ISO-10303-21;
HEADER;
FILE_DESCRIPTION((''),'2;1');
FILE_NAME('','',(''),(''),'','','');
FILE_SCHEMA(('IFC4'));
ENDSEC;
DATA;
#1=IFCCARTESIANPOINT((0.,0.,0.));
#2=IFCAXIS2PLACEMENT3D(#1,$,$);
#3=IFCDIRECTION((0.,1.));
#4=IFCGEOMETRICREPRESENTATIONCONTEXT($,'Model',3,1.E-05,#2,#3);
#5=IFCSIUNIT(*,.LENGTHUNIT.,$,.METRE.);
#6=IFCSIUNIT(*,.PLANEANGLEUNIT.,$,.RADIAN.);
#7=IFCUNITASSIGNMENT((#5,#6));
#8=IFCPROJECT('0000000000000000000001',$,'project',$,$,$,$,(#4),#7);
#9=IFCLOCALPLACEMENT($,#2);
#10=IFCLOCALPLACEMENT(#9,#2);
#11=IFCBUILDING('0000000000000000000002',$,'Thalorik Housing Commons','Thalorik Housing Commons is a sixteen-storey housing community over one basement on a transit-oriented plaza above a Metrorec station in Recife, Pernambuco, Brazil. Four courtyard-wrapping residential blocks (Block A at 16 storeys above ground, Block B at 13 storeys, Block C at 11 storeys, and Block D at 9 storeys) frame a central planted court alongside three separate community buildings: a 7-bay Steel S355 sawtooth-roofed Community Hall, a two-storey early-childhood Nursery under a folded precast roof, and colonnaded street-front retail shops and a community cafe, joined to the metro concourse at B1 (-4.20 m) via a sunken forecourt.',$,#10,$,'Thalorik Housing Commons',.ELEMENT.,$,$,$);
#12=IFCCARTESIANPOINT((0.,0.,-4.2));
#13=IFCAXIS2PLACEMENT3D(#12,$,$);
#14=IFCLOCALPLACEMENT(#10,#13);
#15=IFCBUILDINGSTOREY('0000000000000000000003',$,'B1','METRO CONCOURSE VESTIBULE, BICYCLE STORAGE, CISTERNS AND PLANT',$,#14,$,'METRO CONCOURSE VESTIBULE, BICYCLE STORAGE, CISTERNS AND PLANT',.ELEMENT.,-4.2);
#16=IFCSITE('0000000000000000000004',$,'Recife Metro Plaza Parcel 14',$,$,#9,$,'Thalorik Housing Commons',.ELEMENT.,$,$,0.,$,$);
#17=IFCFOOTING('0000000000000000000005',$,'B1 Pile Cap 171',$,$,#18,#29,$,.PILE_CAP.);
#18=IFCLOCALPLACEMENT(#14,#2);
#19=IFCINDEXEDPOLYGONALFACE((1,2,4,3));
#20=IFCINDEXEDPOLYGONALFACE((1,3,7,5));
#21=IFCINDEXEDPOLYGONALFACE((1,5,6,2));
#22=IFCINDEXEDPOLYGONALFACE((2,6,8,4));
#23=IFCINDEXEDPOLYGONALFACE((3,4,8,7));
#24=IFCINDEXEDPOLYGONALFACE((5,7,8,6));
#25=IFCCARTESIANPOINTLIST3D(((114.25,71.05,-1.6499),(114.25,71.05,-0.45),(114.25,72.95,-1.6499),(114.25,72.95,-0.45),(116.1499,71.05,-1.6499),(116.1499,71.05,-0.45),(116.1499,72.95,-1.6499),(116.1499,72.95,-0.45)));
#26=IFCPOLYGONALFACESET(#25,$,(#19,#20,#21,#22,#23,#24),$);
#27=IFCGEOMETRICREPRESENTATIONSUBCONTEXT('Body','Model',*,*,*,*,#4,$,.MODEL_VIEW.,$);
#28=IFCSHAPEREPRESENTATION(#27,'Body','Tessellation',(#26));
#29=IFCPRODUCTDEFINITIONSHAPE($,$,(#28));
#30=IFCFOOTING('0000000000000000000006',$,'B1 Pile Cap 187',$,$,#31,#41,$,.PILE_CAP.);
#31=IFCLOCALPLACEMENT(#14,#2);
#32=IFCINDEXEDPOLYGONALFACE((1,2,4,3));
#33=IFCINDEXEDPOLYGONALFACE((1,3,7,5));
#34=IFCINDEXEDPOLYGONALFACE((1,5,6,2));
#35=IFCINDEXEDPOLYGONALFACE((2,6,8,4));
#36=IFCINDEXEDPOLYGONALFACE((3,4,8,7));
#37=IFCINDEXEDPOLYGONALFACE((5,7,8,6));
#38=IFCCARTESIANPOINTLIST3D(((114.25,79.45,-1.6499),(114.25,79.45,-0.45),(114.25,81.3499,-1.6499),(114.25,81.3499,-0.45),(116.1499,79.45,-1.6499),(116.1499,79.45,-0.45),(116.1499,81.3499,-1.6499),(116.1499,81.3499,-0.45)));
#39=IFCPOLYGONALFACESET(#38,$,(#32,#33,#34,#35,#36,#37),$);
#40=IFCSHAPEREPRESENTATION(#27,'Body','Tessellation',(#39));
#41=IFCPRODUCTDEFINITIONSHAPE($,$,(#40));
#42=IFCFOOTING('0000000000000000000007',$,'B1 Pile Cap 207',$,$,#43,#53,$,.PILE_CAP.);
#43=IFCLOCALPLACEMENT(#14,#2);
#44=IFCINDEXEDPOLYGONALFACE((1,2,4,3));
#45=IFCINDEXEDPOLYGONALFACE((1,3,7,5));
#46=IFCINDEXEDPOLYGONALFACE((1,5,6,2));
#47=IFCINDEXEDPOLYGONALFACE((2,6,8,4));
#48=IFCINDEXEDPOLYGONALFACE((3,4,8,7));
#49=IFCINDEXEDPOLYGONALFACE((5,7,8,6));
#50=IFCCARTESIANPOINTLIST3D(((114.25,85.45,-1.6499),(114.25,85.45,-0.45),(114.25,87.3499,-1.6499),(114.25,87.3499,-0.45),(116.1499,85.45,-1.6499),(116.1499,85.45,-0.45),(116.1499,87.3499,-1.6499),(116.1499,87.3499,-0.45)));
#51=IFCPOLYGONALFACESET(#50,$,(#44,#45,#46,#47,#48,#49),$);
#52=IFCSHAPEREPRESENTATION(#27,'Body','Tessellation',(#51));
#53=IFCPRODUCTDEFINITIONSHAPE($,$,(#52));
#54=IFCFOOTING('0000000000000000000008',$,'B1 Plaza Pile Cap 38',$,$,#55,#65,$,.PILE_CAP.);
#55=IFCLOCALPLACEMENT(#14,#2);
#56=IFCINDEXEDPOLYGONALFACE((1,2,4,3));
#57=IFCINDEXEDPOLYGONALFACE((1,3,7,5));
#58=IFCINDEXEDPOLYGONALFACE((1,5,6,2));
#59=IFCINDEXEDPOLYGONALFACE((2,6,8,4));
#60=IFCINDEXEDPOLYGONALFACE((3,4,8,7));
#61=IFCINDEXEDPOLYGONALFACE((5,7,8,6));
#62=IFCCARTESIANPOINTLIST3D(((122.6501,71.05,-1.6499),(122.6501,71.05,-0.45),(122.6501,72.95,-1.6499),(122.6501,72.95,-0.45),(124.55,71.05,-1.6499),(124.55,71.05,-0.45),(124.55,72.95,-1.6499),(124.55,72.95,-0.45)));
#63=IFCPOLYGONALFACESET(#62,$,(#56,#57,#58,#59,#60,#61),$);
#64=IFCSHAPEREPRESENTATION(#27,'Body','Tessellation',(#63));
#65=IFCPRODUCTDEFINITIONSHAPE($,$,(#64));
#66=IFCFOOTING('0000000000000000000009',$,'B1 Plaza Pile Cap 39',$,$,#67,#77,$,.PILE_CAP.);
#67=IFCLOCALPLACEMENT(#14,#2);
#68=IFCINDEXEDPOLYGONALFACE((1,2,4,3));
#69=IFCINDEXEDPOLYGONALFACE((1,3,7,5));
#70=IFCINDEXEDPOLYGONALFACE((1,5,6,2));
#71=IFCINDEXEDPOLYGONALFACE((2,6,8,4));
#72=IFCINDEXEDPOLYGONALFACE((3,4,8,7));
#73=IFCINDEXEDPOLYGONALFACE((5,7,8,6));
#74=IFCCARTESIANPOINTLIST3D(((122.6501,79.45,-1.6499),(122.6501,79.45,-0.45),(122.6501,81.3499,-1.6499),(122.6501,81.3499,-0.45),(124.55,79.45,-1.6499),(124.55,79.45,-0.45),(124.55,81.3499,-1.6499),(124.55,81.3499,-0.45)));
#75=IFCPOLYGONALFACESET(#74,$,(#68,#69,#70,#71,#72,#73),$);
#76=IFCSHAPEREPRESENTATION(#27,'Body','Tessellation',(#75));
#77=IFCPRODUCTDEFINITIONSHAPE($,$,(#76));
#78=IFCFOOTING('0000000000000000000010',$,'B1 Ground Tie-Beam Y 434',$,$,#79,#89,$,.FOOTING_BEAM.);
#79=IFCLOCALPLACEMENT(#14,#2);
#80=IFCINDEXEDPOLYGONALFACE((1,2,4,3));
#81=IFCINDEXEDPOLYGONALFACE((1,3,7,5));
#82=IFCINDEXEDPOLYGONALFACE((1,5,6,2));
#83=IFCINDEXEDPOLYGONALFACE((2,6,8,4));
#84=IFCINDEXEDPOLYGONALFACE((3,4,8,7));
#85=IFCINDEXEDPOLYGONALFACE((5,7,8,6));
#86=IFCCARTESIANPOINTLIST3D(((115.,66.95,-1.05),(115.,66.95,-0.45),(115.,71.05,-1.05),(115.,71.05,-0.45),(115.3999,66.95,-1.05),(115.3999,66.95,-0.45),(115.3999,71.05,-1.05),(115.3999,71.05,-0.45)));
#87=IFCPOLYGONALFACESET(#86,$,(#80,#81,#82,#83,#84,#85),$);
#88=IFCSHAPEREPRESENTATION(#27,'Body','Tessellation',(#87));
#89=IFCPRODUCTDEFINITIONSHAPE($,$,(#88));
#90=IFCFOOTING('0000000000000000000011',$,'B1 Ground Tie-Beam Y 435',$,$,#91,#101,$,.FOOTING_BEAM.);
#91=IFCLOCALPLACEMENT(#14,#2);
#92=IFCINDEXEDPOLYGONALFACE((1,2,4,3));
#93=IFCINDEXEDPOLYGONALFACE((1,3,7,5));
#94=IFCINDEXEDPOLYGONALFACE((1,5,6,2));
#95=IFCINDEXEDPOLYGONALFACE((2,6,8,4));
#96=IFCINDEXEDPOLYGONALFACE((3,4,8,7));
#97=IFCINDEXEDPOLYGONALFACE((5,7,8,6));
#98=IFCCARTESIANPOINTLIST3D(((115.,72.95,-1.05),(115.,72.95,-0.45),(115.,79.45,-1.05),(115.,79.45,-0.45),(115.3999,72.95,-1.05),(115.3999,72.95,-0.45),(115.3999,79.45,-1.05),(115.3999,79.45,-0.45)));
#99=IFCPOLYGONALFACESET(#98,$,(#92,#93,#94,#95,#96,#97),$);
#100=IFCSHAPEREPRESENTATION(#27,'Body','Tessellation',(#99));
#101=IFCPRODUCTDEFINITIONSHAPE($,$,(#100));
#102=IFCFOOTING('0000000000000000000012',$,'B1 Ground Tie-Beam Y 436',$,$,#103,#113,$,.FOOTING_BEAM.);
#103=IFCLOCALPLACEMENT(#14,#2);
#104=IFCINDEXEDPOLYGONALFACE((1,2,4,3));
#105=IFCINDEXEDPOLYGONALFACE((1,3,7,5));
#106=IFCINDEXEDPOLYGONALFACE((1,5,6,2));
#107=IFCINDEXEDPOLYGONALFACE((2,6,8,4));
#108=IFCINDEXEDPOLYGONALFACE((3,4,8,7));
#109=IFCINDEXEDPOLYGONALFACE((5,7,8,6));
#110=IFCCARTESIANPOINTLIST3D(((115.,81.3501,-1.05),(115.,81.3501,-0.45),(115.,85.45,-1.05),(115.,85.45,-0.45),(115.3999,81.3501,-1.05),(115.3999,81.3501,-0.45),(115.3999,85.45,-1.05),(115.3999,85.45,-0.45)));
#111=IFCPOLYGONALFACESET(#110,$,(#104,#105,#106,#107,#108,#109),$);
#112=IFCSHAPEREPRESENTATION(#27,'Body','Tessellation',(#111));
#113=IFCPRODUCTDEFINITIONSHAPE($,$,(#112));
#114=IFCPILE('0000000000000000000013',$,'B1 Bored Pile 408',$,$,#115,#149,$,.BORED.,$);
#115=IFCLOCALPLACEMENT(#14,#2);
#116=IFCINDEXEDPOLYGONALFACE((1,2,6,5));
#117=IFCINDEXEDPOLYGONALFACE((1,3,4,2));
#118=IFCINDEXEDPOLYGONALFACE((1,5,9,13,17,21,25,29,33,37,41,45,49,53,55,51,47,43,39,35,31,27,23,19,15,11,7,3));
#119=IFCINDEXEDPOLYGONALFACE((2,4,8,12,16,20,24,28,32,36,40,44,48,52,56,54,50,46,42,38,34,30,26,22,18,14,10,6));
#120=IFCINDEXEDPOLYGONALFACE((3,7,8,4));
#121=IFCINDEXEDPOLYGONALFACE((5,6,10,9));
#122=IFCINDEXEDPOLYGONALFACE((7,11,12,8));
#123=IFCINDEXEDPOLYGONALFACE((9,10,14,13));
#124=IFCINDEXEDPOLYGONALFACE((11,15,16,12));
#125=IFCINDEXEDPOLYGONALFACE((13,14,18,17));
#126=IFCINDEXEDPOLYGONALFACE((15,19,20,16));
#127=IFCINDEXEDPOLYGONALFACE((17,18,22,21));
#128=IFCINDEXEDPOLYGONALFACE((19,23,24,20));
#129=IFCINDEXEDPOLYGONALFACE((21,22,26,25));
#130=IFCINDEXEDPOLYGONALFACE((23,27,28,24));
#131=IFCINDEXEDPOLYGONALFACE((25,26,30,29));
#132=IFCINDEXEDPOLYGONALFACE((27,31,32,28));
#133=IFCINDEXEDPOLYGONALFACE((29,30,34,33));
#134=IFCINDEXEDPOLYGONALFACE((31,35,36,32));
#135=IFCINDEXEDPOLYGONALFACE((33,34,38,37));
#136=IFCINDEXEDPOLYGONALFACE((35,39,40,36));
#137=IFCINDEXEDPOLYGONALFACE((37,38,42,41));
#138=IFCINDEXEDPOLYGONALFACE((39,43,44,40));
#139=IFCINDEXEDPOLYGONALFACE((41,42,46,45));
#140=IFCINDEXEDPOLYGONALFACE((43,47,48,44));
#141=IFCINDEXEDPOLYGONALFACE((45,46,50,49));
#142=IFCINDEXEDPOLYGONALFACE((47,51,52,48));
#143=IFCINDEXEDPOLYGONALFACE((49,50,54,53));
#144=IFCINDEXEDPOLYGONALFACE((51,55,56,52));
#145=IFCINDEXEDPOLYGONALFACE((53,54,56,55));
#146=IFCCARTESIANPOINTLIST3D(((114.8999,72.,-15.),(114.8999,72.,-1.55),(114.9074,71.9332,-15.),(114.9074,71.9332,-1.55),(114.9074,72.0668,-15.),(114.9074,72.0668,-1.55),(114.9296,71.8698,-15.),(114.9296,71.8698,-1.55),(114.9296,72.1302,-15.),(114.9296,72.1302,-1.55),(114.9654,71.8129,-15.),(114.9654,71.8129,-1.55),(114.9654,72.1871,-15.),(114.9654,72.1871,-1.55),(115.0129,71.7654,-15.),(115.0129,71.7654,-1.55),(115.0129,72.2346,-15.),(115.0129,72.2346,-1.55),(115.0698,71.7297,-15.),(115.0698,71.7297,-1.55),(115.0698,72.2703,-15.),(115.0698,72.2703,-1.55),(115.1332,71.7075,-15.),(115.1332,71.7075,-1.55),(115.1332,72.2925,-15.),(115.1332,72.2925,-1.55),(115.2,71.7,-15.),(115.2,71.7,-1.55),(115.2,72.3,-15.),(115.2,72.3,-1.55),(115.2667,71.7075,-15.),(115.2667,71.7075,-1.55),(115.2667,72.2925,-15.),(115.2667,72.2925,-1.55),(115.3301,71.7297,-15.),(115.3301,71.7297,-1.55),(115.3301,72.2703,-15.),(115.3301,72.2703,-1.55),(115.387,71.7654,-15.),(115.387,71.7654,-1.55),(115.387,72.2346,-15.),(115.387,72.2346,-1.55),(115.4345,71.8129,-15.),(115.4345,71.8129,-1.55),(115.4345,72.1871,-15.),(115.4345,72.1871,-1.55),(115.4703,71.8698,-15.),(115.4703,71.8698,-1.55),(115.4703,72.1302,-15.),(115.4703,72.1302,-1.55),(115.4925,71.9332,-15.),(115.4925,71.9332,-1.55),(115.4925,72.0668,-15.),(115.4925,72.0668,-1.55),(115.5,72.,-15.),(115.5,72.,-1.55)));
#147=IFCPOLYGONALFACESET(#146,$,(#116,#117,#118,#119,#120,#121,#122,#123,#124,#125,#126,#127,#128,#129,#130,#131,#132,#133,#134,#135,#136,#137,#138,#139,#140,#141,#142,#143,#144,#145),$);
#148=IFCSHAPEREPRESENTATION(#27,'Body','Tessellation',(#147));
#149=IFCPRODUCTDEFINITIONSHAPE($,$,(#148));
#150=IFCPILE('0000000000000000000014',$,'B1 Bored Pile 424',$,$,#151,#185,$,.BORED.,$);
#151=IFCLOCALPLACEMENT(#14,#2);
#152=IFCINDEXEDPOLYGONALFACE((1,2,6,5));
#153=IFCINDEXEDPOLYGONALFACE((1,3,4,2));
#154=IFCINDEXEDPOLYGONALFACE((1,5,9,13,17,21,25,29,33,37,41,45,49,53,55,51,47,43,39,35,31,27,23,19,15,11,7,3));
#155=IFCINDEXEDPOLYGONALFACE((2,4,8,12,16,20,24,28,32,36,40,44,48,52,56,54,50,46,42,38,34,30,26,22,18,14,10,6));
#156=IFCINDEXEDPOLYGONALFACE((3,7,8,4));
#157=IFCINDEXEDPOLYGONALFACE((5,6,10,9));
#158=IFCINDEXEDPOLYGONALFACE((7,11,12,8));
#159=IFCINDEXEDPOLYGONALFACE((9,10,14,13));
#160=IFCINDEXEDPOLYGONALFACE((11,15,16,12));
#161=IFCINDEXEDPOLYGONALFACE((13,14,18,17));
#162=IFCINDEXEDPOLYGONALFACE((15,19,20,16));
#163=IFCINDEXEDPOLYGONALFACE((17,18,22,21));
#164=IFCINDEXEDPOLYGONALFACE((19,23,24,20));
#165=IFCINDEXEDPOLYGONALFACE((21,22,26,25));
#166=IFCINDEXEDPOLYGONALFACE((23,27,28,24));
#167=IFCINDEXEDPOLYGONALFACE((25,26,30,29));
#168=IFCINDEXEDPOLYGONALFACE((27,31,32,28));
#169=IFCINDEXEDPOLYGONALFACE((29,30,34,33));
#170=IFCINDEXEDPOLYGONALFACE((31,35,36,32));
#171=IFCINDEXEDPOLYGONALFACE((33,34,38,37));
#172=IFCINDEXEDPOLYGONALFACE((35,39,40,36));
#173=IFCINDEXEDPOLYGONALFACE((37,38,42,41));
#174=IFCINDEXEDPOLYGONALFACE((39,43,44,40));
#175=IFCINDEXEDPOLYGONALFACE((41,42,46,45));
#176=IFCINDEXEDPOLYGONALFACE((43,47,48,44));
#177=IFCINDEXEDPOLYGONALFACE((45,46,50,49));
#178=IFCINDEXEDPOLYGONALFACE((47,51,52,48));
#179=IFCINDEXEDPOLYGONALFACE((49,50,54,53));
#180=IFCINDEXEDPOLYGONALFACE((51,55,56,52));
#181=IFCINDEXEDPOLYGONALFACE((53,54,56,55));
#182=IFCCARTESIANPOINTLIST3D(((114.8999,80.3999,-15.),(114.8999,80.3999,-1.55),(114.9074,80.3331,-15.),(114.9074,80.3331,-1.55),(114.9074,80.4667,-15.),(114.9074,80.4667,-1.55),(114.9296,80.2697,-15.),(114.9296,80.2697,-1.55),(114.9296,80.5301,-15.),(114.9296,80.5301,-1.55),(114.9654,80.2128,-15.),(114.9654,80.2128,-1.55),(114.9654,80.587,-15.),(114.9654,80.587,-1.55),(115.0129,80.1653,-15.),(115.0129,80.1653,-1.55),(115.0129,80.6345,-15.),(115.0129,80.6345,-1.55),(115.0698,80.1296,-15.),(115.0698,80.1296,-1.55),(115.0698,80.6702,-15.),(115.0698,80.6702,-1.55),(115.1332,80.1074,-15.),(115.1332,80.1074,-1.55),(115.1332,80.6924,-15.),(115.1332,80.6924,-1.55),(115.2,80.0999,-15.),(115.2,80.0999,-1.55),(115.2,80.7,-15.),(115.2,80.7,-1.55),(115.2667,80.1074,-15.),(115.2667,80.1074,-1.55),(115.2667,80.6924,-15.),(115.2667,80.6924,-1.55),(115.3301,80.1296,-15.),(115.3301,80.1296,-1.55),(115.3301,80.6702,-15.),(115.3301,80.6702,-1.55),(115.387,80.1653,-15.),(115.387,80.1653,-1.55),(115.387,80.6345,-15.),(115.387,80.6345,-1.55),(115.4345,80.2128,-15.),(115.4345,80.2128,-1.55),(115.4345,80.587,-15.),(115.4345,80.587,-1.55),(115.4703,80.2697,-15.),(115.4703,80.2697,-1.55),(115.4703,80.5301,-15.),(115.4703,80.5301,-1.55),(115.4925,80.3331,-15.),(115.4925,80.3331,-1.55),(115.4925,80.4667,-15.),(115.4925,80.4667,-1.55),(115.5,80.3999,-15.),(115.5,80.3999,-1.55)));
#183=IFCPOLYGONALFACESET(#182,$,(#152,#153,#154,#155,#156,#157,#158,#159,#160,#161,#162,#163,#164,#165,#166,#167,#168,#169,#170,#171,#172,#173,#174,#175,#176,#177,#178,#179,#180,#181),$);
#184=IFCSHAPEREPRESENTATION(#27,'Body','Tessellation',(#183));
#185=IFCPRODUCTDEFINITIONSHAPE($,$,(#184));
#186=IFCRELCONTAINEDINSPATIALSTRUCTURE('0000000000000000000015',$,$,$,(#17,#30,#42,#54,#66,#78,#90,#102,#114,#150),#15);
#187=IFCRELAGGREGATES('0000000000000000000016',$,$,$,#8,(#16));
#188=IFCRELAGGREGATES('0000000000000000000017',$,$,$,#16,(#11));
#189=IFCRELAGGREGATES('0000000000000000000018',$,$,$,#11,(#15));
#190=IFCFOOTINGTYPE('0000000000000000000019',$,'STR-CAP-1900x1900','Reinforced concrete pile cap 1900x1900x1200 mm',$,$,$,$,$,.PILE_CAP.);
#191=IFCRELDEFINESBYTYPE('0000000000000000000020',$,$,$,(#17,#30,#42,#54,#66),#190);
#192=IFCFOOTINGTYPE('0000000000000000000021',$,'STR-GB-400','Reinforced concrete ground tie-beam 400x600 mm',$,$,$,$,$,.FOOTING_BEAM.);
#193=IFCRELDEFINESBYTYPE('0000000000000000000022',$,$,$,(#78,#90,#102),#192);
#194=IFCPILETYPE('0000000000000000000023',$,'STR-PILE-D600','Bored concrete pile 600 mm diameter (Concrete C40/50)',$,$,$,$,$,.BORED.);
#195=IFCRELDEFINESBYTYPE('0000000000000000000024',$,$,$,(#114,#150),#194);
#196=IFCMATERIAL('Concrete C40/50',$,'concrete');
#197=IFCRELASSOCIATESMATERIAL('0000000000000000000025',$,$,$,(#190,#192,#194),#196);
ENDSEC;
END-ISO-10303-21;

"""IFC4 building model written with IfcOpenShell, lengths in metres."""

from ifc_helpers import new_model, si_unit, direction, frame, origin, origin_2d, place, context, subcontext, project, spatial, rectangle, circle, extrude, material, material_profile, profile_set, type_object, element, save


model = new_model("IFC4")

# Units and contexts
model_context = context("Model", 3, precision=1e-05, world=origin(), true_north=direction((0.0, 1.0)))
body_context = subcontext(model_context, "Body", "Model", "MODEL_VIEW")
ifc_project = project(units=[si_unit("LENGTHUNIT", "METRE"), si_unit("PLANEANGLEUNIT", "RADIAN")], contexts=[model_context])

# Site, building, storey
site_placement = place(None, origin())
site = spatial("IfcSite", under=ifc_project, at=site_placement, Name="Recife Metro Plaza Parcel 14", LongName="Thalorik Housing Commons", CompositionType="ELEMENT", RefElevation=0.0)
building_placement = place(site_placement, origin())
building = spatial("IfcBuilding", under=site, at=building_placement, Name="Thalorik Housing Commons", Description="Thalorik Housing Commons is a sixteen-storey housing community over one basement on a transit-oriented plaza above a Metrorec station in Recife, Pernambuco, Brazil. Four courtyard-wrapping residential blocks (Block A at 16 storeys above ground, Block B at 13 storeys, Block C at 11 storeys, and Block D at 9 storeys) frame a central planted court alongside three separate community buildings: a 7-bay Steel S355 sawtooth-roofed Community Hall, a two-storey early-childhood Nursery under a folded precast roof, and colonnaded street-front retail shops and a community cafe, joined to the metro concourse at B1 (-4.20 m) via a sunken forecourt.", LongName="Thalorik Housing Commons", CompositionType="ELEMENT")
storey_placement = place(building_placement, frame((0.0, 0.0, -4.2)))
storey = spatial("IfcBuildingStorey", under=building, at=storey_placement, Name="B1", Description="METRO CONCOURSE VESTIBULE, BICYCLE STORAGE, CISTERNS AND PLANT", LongName="METRO CONCOURSE VESTIBULE, BICYCLE STORAGE, CISTERNS AND PLANT", CompositionType="ELEMENT", Elevation=-4.2)

# Footings
ifc_material_1 = material(Name="Concrete C40/50", Category="concrete")
footing_type_1 = type_object("IfcFootingType", Name="STR-CAP-1900x1900", Description="Reinforced concrete pile cap 1900x1900x1200 mm", PredefinedType="PILE_CAP", material=ifc_material_1)
for number, where, z_axis, x_axis, name in (
    (1, (115.2, 72.0, -1.6499), (0.0, 0.0, 1.0), (1.0, 0.0, 0.0), "B1 Pile Cap 171"),
    (2, (115.2, 80.3999, -1.6499), (0.0, 0.0, 1.0), (1.0, 0.0, 0.0), "B1 Pile Cap 187"),
    (3, (115.2, 86.3999, -1.6499), (0.0, 0.0, 1.0), (1.0, 0.0, 0.0), "B1 Pile Cap 207"),
    (4, (123.6001, 72.0, -1.6499), (0.0, 0.0, 1.0), (1.0, 0.0, 0.0), "B1 Plaza Pile Cap 38"),
    (5, (123.6001, 80.3999, -1.6499), (0.0, 0.0, 1.0), (1.0, 0.0, 0.0), "B1 Plaza Pile Cap 39"),
):
    element("IfcFooting", number, at=place(storey_placement, frame(where, z_axis=z_axis, x_axis=x_axis)), inside=storey, type_object=footing_type_1, Name=name, PredefinedType="PILE_CAP", context=body_context, shape_type="SweptSolid", body=[
        extrude(rectangle(XDim=1.8999, YDim=1.8999, at=origin_2d()), origin(), (0.0, 0.0, 1.0), 1.2),
    ])
ifc_material_profile_1 = material_profile(ifc_material_1, rectangle(XDim=0.3999, YDim=0.6001, at=origin_2d()), Name="RC 400x600", Category="concrete")
ifc_profile_set_1 = profile_set([ifc_material_profile_1], Name="Concrete C40/50")
footing_type_2 = type_object("IfcFootingType", Name="STR-GB-400", Description="Reinforced concrete ground tie-beam 400x600 mm", PredefinedType="FOOTING_BEAM", material=ifc_profile_set_1)
footing_1_placement = place(storey_placement, frame((115.2, 66.95, -0.75), z_axis=(0.0, 1.0, 0.0), x_axis=(-1.0, 0.0, 0.0)))
element("IfcFooting", 6, at=footing_1_placement, inside=storey, type_object=footing_type_2, Name="B1 Ground Tie-Beam Y 434", PredefinedType="FOOTING_BEAM", context=body_context, shape_type="SweptSolid", body=[
    extrude(rectangle(XDim=0.3999, YDim=0.6001, at=origin_2d()), origin(), (0.0, 0.0, 1.0), 4.1001),
])
footing_2_placement = place(storey_placement, frame((115.2, 72.95, -0.75), z_axis=(0.0, 1.0, 0.0), x_axis=(-1.0, 0.0, 0.0)))
element("IfcFooting", 7, at=footing_2_placement, inside=storey, type_object=footing_type_2, Name="B1 Ground Tie-Beam Y 435", PredefinedType="FOOTING_BEAM", context=body_context, shape_type="SweptSolid", body=[
    extrude(rectangle(XDim=0.3999, YDim=0.6001, at=origin_2d()), origin(), (0.0, 0.0, 1.0), 6.5),
])
footing_3_placement = place(storey_placement, frame((115.2, 81.3501, -0.75), z_axis=(0.0, 1.0, 0.0), x_axis=(-1.0, 0.0, 0.0)))
element("IfcFooting", 8, at=footing_3_placement, inside=storey, type_object=footing_type_2, Name="B1 Ground Tie-Beam Y 436", PredefinedType="FOOTING_BEAM", context=body_context, shape_type="SweptSolid", body=[
    extrude(rectangle(XDim=0.3999, YDim=0.6001, at=origin_2d()), origin(), (0.0, 0.0, 1.0), 4.0999),
])

# Piles
ifc_material_profile_2 = material_profile(ifc_material_1, circle(Radius=0.3, at=origin_2d()), Name="BORED PILE D600", Category="concrete")
ifc_profile_set_2 = profile_set([ifc_material_profile_2], Name="Concrete C40/50")
pile_type_1 = type_object("IfcPileType", Name="STR-PILE-D600", Description="Bored concrete pile 600 mm diameter (Concrete C40/50)", PredefinedType="BORED", material=ifc_profile_set_2)
for number, where, z_axis, x_axis, name in (
    (9, (115.2, 72.0, -1.55), (0.0, 0.0, -1.0), (1.0, 0.0, 0.0), "B1 Bored Pile 408"),
    (10, (115.2, 80.3999, -1.55), (0.0, 0.0, -1.0), (1.0, 0.0, 0.0), "B1 Bored Pile 424"),
):
    element("IfcPile", number, at=place(storey_placement, frame(where, z_axis=z_axis, x_axis=x_axis)), inside=storey, type_object=pile_type_1, Name=name, PredefinedType="BORED", context=body_context, shape_type="SweptSolid", body=[
        extrude(circle(Radius=0.3, at=origin_2d()), origin(), (0.0, 0.0, 1.0), 13.45),
    ])

save(model, "model.ifc")
